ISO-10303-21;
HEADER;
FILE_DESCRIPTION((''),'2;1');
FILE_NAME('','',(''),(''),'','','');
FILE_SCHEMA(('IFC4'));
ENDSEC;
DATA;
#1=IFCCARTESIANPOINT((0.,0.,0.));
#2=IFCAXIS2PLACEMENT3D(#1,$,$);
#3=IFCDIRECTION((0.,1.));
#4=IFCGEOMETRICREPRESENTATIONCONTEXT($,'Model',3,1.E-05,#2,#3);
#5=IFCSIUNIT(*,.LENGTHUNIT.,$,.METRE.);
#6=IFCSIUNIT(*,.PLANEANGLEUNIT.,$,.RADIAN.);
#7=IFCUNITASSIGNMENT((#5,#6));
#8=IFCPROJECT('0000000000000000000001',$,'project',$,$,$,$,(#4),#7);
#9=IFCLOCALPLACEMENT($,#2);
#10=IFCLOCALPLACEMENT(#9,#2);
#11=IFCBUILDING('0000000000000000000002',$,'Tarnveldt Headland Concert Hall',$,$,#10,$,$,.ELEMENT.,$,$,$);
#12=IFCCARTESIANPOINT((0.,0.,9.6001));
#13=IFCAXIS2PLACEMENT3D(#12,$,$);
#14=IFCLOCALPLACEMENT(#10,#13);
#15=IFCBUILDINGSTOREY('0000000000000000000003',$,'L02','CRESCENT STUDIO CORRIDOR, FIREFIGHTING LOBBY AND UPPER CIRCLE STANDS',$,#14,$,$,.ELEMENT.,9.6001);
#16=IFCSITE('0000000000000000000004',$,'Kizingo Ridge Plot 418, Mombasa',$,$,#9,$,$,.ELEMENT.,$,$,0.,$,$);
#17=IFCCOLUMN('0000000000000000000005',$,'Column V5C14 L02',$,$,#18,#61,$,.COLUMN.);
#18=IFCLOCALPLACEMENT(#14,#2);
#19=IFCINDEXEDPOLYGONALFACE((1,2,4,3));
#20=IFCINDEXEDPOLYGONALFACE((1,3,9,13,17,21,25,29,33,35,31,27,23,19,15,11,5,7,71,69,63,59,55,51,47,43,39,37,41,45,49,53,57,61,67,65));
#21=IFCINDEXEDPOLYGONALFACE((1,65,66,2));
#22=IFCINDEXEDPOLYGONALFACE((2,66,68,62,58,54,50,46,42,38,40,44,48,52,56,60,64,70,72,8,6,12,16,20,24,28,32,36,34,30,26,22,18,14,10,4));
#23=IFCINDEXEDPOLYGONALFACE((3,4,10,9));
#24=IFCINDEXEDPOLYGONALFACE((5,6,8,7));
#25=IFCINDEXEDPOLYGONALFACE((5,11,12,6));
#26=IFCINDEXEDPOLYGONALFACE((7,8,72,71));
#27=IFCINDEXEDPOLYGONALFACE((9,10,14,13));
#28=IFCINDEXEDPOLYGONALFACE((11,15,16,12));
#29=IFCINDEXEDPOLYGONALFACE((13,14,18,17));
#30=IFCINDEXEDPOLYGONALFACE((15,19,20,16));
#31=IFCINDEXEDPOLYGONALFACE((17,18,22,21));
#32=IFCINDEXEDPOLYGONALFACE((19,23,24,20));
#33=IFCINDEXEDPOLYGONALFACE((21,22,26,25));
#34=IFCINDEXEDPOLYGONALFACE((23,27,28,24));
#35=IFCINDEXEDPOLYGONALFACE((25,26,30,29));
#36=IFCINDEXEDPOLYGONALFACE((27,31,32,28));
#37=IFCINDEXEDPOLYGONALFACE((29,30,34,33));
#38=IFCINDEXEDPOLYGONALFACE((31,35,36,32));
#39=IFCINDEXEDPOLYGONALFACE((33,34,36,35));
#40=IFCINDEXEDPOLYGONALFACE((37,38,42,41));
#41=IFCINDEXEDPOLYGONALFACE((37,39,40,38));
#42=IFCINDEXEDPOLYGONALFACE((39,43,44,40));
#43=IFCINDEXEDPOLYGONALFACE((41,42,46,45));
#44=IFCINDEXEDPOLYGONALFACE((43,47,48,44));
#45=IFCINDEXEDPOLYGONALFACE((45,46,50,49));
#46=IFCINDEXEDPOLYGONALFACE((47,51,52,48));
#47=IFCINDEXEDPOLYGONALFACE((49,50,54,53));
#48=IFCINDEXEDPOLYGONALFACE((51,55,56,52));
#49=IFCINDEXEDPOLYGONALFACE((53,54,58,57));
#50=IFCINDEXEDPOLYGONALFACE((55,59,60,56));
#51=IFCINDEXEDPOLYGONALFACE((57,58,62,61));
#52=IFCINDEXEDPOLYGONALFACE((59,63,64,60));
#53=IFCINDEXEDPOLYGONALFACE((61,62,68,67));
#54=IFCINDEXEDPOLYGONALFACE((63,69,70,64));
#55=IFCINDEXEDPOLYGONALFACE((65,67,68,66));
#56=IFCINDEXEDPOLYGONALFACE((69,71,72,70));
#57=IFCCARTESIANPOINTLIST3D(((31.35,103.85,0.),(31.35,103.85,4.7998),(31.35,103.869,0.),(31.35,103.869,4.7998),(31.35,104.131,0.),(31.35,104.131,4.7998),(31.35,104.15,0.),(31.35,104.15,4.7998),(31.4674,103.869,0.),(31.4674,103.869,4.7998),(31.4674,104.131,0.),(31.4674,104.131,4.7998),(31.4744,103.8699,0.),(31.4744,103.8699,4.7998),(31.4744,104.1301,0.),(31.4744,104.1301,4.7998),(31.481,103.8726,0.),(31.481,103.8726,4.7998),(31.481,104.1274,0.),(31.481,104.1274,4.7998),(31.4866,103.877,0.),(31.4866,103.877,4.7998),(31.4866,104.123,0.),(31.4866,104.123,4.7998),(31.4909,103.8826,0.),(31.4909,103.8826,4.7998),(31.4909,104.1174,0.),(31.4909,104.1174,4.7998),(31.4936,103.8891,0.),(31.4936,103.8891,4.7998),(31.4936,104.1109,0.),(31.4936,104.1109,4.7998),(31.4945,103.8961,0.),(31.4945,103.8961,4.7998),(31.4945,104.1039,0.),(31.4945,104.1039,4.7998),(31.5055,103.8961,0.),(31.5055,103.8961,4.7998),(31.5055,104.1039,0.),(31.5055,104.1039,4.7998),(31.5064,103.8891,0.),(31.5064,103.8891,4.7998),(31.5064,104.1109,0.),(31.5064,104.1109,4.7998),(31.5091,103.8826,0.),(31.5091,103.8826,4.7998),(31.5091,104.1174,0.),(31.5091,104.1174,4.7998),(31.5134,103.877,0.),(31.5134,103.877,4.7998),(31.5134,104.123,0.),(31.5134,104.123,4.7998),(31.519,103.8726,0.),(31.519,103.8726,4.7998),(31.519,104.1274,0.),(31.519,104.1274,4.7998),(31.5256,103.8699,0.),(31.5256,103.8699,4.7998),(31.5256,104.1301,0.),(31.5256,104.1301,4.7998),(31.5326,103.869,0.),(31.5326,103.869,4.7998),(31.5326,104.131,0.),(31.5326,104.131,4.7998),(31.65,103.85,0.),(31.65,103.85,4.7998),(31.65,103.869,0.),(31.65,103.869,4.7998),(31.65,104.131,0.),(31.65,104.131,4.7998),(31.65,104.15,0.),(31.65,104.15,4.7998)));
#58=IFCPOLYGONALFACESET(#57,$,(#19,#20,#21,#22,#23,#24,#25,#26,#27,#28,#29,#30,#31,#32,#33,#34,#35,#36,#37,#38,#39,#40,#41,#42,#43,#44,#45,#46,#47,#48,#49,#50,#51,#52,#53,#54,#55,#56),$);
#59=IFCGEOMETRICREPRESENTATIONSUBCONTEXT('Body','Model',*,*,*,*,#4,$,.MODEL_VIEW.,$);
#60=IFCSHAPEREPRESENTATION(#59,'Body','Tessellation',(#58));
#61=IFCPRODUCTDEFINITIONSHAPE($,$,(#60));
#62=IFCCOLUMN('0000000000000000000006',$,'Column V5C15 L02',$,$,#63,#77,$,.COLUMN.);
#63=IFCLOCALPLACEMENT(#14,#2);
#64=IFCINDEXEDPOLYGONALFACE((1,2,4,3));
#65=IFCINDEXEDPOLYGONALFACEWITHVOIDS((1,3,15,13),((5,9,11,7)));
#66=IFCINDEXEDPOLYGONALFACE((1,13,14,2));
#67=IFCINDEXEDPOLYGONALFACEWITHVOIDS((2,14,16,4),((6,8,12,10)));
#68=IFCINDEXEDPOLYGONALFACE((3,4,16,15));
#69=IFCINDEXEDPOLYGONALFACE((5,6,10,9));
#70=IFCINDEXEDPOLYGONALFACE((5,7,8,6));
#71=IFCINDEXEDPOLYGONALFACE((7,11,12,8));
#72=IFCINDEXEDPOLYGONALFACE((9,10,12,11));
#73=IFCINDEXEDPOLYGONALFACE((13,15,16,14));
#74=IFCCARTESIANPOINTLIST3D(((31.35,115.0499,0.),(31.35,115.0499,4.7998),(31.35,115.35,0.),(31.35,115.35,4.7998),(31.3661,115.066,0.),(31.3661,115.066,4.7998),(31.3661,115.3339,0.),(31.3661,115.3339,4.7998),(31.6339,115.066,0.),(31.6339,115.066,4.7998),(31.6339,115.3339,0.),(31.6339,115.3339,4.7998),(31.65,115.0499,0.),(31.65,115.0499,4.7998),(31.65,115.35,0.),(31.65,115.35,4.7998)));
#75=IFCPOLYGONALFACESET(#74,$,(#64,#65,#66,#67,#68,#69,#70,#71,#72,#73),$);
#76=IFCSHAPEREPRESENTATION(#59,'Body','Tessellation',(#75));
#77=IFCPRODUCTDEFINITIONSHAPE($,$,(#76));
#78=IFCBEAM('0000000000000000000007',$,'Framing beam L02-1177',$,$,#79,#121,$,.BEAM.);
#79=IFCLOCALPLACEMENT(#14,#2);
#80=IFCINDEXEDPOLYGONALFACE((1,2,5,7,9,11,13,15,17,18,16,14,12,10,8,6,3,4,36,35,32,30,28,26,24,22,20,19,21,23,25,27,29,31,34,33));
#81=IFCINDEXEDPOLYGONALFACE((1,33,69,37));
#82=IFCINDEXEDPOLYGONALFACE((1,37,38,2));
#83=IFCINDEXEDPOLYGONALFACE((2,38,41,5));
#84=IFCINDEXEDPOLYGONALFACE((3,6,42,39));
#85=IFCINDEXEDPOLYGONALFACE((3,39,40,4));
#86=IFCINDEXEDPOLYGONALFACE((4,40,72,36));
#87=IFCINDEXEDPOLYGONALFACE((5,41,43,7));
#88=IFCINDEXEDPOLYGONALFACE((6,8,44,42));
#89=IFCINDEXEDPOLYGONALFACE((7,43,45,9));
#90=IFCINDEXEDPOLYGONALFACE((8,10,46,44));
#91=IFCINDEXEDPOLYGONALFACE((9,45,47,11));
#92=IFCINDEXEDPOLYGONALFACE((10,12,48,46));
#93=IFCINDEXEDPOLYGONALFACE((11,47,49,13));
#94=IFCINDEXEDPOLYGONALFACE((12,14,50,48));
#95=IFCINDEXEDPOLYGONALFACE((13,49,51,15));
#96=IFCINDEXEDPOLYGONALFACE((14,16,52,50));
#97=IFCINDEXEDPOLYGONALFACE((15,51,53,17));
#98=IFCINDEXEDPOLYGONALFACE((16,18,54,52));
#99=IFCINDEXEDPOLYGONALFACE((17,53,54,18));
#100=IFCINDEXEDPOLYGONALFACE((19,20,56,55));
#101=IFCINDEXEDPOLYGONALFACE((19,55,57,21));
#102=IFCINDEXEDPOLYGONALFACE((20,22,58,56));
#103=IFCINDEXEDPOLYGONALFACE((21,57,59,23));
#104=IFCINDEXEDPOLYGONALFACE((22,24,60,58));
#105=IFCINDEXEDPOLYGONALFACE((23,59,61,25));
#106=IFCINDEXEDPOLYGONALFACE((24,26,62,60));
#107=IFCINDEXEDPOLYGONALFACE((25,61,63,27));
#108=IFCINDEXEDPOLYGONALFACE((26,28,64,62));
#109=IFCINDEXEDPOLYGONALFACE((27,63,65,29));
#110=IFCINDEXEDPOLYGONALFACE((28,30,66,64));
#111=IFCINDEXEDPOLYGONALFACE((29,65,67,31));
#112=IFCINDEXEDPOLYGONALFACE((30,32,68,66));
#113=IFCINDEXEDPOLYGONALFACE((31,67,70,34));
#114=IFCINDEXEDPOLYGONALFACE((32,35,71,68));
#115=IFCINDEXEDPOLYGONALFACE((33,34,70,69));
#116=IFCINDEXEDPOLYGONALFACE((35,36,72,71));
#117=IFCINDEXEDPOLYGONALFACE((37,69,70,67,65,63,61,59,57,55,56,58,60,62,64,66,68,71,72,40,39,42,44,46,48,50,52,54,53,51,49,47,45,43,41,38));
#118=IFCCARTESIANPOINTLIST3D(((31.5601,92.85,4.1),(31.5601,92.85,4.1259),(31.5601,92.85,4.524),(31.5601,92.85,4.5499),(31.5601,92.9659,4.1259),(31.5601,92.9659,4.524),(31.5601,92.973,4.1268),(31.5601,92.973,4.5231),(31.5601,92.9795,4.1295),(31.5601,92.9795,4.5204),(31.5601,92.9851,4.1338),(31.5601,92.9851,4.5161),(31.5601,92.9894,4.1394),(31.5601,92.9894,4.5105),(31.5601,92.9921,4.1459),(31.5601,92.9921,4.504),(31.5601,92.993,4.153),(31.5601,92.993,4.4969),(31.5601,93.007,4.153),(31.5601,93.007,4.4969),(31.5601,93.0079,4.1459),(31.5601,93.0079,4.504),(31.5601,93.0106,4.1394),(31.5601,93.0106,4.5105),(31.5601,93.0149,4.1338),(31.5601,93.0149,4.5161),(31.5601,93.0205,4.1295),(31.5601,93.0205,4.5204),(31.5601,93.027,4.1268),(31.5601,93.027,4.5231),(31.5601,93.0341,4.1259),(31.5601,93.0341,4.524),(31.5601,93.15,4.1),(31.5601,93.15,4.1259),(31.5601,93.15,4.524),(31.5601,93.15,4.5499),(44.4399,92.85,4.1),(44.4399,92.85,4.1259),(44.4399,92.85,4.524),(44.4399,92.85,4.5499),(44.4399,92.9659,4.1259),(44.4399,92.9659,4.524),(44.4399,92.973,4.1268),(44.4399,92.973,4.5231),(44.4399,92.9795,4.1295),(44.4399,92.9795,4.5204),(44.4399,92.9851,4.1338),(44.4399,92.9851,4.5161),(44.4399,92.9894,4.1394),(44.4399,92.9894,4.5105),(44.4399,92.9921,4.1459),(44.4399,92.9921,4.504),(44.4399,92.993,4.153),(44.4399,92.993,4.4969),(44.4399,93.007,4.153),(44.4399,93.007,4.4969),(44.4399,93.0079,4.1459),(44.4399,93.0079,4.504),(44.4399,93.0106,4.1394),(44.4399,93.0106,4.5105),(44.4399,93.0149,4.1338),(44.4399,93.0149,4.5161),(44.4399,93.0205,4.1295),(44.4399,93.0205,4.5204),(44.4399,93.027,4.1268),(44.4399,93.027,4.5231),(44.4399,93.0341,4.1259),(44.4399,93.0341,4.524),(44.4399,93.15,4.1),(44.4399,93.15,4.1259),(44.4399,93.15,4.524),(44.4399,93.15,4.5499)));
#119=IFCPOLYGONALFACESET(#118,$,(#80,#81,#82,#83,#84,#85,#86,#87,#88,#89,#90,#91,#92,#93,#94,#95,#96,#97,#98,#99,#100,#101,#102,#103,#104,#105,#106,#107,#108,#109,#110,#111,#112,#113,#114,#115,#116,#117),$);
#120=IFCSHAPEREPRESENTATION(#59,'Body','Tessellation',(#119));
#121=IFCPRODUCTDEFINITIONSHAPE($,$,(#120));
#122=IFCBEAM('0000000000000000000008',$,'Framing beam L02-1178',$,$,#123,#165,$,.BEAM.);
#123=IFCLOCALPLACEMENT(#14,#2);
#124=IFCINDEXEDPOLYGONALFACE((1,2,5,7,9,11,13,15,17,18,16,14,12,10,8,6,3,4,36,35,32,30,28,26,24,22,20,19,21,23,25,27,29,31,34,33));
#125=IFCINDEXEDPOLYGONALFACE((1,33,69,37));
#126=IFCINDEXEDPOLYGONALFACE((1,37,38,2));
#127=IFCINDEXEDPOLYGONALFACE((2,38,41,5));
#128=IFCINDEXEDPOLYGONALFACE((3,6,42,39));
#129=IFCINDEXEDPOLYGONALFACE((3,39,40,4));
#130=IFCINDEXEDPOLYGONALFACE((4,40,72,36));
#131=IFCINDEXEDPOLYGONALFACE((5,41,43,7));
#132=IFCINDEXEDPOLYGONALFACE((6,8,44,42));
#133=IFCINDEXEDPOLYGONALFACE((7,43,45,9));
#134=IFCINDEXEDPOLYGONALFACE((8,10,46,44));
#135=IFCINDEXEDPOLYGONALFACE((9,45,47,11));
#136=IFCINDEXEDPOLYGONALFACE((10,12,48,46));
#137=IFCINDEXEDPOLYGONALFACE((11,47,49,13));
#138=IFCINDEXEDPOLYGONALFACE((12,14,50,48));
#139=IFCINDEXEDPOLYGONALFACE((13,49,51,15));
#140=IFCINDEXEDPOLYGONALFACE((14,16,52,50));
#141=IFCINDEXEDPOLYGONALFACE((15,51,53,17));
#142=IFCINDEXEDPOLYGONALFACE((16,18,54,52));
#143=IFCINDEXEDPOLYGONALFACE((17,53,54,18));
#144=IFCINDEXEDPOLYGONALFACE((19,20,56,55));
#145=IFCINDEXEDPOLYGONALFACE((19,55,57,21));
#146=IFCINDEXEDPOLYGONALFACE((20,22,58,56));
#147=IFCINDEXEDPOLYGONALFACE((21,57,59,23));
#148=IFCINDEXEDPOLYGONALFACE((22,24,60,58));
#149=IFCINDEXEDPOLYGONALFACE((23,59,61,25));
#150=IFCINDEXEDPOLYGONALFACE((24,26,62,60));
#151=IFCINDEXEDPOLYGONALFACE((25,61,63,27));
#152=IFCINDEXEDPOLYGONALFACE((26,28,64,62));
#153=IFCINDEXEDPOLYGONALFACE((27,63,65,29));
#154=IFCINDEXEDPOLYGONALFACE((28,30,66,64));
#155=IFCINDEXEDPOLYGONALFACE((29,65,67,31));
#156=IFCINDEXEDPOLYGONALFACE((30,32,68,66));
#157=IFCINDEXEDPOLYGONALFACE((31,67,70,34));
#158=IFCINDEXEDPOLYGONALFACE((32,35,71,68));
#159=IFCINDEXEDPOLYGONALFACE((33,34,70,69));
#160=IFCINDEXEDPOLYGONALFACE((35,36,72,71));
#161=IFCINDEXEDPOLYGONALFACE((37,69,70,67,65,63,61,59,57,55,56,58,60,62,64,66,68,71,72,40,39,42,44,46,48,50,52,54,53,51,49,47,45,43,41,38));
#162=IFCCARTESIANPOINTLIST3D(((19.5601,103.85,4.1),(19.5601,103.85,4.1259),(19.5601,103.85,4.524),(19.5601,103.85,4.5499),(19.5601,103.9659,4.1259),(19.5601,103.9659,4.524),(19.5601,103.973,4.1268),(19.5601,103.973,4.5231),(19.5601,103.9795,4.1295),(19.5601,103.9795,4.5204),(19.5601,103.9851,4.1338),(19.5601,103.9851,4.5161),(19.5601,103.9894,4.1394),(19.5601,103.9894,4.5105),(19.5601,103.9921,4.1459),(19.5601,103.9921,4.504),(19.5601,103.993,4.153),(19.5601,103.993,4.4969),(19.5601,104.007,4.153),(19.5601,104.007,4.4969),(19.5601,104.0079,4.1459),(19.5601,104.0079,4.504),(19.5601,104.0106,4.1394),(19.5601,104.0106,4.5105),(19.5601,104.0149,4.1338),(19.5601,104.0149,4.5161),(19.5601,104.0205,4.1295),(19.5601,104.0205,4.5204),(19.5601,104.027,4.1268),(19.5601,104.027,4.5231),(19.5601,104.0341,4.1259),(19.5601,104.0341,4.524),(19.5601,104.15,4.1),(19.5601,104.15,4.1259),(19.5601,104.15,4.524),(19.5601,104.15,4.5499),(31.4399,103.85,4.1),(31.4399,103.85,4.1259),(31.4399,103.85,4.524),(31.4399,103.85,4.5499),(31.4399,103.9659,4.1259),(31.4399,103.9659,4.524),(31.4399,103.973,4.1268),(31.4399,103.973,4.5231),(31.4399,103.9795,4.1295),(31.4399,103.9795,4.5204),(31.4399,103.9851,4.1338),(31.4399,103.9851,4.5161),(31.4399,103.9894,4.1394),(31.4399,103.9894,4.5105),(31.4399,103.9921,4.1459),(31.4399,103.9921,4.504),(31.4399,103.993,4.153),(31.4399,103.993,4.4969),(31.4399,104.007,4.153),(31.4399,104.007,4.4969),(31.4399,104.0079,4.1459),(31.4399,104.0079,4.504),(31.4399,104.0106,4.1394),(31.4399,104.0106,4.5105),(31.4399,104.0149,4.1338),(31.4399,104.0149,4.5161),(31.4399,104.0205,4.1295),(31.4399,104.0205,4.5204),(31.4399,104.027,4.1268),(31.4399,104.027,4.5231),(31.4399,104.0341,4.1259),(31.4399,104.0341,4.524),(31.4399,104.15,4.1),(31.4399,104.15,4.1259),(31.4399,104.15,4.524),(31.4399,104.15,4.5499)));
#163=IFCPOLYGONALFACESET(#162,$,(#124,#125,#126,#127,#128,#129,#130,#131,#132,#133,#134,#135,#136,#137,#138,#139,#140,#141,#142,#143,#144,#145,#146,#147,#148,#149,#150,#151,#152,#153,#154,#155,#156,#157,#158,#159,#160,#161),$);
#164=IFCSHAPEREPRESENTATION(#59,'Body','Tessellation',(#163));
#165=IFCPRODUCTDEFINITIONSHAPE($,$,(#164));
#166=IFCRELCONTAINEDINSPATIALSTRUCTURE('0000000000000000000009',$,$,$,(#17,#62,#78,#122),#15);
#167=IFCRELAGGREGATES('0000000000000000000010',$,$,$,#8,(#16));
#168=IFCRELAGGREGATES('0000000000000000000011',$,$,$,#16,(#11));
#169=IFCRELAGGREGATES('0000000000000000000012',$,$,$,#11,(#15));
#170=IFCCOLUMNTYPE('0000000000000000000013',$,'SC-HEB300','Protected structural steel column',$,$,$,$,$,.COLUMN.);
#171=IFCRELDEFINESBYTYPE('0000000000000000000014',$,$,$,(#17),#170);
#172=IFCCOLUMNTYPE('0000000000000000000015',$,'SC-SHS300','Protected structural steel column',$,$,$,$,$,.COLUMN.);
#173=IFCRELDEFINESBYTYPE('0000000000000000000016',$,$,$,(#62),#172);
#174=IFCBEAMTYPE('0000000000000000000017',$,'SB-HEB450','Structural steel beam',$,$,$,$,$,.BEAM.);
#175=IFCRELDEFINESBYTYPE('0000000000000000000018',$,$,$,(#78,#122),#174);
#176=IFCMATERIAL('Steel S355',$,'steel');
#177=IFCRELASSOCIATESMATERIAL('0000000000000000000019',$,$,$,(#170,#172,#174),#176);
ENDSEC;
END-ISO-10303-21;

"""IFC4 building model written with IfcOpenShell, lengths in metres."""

from ifc_helpers import new_model, si_unit, direction, frame, origin, origin_2d, place, context, subcontext, project, spatial, hollow_rectangle, i_section, extrude, material, material_profile, profile_set, type_object, element, save


model = new_model("IFC4")

# Units and contexts
model_context = context("Model", 3, precision=1e-05, world=origin(), true_north=direction((0.0, 1.0)))
body_context = subcontext(model_context, "Body", "Model", "MODEL_VIEW")
ifc_project = project(units=[si_unit("LENGTHUNIT", "METRE"), si_unit("PLANEANGLEUNIT", "RADIAN")], contexts=[model_context])

# Site, building, storey
site_placement = place(None, origin())
site = spatial("IfcSite", under=ifc_project, at=site_placement, Name="Kizingo Ridge Plot 418, Mombasa", CompositionType="ELEMENT", RefElevation=0.0)
building_placement = place(site_placement, origin())
building = spatial("IfcBuilding", under=site, at=building_placement, Name="Tarnveldt Headland Concert Hall", CompositionType="ELEMENT")
storey_placement = place(building_placement, frame((0.0, 0.0, 9.6001)))
storey = spatial("IfcBuildingStorey", under=building, at=storey_placement, Name="L02", Description="CRESCENT STUDIO CORRIDOR, FIREFIGHTING LOBBY AND UPPER CIRCLE STANDS", CompositionType="ELEMENT", Elevation=9.6001)

# Columns
ifc_material_1 = material(Name="Steel S355", Category="steel")
ifc_material_profile_1 = material_profile(ifc_material_1, i_section(OverallWidth=0.3, OverallDepth=0.3, WebThickness=0.011, FlangeThickness=0.019, FilletRadius=0.0271, at=origin_2d()), Name="HEB300", Category="steel")
ifc_profile_set_1 = profile_set([ifc_material_profile_1], Name="Steel S355")
column_type_1 = type_object("IfcColumnType", Name="SC-HEB300", Description="Protected structural steel column", PredefinedType="COLUMN", material=ifc_profile_set_1)
column_1_placement = place(storey_placement, frame((31.5, 104.0, 0.0), z_axis=(0.0, 0.0, 1.0), x_axis=(1.0, 0.0, 0.0)))
element("IfcColumn", 1, at=column_1_placement, inside=storey, type_object=column_type_1, Name="Column V5C14 L02", PredefinedType="COLUMN", context=body_context, shape_type="SweptSolid", body=[
    extrude(i_section(OverallWidth=0.3, OverallDepth=0.3, WebThickness=0.011, FlangeThickness=0.019, FilletRadius=0.0271, at=origin_2d()), origin(), (0.0, 0.0, 1.0), 4.7998),
])
ifc_material_profile_2 = material_profile(ifc_material_1, hollow_rectangle(XDim=0.3, YDim=0.3, WallThickness=0.0161, at=origin_2d()), Name="SHS 300x300x16", Category="steel")
ifc_profile_set_2 = profile_set([ifc_material_profile_2], Name="Steel S355")
column_type_2 = type_object("IfcColumnType", Name="SC-SHS300", Description="Protected structural steel column", PredefinedType="COLUMN", material=ifc_profile_set_2)
column_2_placement = place(storey_placement, frame((31.5, 115.2, 0.0), z_axis=(0.0, 0.0, 1.0), x_axis=(1.0, 0.0, 0.0)))
element("IfcColumn", 2, at=column_2_placement, inside=storey, type_object=column_type_2, Name="Column V5C15 L02", PredefinedType="COLUMN", context=body_context, shape_type="SweptSolid", body=[
    extrude(hollow_rectangle(XDim=0.3, YDim=0.3, WallThickness=0.0161, at=origin_2d()), origin(), (0.0, 0.0, 1.0), 4.7998),
])

# Beams
ifc_material_profile_3 = material_profile(ifc_material_1, i_section(OverallWidth=0.3, OverallDepth=0.45, WebThickness=0.0139, FlangeThickness=0.0259, FilletRadius=0.0271, at=origin_2d()), Name="HEB450", Category="steel")
ifc_profile_set_3 = profile_set([ifc_material_profile_3], Name="Steel S355")
beam_type_1 = type_object("IfcBeamType", Name="SB-HEB450", Description="Structural steel beam", PredefinedType="BEAM", material=ifc_profile_set_3)
beam_1_placement = place(storey_placement, frame((31.5601, 93.0, 4.325), z_axis=(1.0, 0.0, 0.0), x_axis=(0.0, 1.0, 0.0)))
element("IfcBeam", 3, at=beam_1_placement, inside=storey, type_object=beam_type_1, Name="Framing beam L02-1177", PredefinedType="BEAM", context=body_context, shape_type="SweptSolid", body=[
    extrude(i_section(OverallWidth=0.3, OverallDepth=0.45, WebThickness=0.0139, FlangeThickness=0.0259, FilletRadius=0.0271, at=origin_2d()), origin(), (0.0, 0.0, 1.0), 12.8799),
])
beam_2_placement = place(storey_placement, frame((19.5601, 104.0, 4.325), z_axis=(1.0, 0.0, 0.0), x_axis=(0.0, 1.0, 0.0)))
element("IfcBeam", 4, at=beam_2_placement, inside=storey, type_object=beam_type_1, Name="Framing beam L02-1178", PredefinedType="BEAM", context=body_context, shape_type="SweptSolid", body=[
    extrude(i_section(OverallWidth=0.3, OverallDepth=0.45, WebThickness=0.0139, FlangeThickness=0.0259, FilletRadius=0.0271, at=origin_2d()), origin(), (0.0, 0.0, 1.0), 11.8799),
])

save(model, "model.ifc")
